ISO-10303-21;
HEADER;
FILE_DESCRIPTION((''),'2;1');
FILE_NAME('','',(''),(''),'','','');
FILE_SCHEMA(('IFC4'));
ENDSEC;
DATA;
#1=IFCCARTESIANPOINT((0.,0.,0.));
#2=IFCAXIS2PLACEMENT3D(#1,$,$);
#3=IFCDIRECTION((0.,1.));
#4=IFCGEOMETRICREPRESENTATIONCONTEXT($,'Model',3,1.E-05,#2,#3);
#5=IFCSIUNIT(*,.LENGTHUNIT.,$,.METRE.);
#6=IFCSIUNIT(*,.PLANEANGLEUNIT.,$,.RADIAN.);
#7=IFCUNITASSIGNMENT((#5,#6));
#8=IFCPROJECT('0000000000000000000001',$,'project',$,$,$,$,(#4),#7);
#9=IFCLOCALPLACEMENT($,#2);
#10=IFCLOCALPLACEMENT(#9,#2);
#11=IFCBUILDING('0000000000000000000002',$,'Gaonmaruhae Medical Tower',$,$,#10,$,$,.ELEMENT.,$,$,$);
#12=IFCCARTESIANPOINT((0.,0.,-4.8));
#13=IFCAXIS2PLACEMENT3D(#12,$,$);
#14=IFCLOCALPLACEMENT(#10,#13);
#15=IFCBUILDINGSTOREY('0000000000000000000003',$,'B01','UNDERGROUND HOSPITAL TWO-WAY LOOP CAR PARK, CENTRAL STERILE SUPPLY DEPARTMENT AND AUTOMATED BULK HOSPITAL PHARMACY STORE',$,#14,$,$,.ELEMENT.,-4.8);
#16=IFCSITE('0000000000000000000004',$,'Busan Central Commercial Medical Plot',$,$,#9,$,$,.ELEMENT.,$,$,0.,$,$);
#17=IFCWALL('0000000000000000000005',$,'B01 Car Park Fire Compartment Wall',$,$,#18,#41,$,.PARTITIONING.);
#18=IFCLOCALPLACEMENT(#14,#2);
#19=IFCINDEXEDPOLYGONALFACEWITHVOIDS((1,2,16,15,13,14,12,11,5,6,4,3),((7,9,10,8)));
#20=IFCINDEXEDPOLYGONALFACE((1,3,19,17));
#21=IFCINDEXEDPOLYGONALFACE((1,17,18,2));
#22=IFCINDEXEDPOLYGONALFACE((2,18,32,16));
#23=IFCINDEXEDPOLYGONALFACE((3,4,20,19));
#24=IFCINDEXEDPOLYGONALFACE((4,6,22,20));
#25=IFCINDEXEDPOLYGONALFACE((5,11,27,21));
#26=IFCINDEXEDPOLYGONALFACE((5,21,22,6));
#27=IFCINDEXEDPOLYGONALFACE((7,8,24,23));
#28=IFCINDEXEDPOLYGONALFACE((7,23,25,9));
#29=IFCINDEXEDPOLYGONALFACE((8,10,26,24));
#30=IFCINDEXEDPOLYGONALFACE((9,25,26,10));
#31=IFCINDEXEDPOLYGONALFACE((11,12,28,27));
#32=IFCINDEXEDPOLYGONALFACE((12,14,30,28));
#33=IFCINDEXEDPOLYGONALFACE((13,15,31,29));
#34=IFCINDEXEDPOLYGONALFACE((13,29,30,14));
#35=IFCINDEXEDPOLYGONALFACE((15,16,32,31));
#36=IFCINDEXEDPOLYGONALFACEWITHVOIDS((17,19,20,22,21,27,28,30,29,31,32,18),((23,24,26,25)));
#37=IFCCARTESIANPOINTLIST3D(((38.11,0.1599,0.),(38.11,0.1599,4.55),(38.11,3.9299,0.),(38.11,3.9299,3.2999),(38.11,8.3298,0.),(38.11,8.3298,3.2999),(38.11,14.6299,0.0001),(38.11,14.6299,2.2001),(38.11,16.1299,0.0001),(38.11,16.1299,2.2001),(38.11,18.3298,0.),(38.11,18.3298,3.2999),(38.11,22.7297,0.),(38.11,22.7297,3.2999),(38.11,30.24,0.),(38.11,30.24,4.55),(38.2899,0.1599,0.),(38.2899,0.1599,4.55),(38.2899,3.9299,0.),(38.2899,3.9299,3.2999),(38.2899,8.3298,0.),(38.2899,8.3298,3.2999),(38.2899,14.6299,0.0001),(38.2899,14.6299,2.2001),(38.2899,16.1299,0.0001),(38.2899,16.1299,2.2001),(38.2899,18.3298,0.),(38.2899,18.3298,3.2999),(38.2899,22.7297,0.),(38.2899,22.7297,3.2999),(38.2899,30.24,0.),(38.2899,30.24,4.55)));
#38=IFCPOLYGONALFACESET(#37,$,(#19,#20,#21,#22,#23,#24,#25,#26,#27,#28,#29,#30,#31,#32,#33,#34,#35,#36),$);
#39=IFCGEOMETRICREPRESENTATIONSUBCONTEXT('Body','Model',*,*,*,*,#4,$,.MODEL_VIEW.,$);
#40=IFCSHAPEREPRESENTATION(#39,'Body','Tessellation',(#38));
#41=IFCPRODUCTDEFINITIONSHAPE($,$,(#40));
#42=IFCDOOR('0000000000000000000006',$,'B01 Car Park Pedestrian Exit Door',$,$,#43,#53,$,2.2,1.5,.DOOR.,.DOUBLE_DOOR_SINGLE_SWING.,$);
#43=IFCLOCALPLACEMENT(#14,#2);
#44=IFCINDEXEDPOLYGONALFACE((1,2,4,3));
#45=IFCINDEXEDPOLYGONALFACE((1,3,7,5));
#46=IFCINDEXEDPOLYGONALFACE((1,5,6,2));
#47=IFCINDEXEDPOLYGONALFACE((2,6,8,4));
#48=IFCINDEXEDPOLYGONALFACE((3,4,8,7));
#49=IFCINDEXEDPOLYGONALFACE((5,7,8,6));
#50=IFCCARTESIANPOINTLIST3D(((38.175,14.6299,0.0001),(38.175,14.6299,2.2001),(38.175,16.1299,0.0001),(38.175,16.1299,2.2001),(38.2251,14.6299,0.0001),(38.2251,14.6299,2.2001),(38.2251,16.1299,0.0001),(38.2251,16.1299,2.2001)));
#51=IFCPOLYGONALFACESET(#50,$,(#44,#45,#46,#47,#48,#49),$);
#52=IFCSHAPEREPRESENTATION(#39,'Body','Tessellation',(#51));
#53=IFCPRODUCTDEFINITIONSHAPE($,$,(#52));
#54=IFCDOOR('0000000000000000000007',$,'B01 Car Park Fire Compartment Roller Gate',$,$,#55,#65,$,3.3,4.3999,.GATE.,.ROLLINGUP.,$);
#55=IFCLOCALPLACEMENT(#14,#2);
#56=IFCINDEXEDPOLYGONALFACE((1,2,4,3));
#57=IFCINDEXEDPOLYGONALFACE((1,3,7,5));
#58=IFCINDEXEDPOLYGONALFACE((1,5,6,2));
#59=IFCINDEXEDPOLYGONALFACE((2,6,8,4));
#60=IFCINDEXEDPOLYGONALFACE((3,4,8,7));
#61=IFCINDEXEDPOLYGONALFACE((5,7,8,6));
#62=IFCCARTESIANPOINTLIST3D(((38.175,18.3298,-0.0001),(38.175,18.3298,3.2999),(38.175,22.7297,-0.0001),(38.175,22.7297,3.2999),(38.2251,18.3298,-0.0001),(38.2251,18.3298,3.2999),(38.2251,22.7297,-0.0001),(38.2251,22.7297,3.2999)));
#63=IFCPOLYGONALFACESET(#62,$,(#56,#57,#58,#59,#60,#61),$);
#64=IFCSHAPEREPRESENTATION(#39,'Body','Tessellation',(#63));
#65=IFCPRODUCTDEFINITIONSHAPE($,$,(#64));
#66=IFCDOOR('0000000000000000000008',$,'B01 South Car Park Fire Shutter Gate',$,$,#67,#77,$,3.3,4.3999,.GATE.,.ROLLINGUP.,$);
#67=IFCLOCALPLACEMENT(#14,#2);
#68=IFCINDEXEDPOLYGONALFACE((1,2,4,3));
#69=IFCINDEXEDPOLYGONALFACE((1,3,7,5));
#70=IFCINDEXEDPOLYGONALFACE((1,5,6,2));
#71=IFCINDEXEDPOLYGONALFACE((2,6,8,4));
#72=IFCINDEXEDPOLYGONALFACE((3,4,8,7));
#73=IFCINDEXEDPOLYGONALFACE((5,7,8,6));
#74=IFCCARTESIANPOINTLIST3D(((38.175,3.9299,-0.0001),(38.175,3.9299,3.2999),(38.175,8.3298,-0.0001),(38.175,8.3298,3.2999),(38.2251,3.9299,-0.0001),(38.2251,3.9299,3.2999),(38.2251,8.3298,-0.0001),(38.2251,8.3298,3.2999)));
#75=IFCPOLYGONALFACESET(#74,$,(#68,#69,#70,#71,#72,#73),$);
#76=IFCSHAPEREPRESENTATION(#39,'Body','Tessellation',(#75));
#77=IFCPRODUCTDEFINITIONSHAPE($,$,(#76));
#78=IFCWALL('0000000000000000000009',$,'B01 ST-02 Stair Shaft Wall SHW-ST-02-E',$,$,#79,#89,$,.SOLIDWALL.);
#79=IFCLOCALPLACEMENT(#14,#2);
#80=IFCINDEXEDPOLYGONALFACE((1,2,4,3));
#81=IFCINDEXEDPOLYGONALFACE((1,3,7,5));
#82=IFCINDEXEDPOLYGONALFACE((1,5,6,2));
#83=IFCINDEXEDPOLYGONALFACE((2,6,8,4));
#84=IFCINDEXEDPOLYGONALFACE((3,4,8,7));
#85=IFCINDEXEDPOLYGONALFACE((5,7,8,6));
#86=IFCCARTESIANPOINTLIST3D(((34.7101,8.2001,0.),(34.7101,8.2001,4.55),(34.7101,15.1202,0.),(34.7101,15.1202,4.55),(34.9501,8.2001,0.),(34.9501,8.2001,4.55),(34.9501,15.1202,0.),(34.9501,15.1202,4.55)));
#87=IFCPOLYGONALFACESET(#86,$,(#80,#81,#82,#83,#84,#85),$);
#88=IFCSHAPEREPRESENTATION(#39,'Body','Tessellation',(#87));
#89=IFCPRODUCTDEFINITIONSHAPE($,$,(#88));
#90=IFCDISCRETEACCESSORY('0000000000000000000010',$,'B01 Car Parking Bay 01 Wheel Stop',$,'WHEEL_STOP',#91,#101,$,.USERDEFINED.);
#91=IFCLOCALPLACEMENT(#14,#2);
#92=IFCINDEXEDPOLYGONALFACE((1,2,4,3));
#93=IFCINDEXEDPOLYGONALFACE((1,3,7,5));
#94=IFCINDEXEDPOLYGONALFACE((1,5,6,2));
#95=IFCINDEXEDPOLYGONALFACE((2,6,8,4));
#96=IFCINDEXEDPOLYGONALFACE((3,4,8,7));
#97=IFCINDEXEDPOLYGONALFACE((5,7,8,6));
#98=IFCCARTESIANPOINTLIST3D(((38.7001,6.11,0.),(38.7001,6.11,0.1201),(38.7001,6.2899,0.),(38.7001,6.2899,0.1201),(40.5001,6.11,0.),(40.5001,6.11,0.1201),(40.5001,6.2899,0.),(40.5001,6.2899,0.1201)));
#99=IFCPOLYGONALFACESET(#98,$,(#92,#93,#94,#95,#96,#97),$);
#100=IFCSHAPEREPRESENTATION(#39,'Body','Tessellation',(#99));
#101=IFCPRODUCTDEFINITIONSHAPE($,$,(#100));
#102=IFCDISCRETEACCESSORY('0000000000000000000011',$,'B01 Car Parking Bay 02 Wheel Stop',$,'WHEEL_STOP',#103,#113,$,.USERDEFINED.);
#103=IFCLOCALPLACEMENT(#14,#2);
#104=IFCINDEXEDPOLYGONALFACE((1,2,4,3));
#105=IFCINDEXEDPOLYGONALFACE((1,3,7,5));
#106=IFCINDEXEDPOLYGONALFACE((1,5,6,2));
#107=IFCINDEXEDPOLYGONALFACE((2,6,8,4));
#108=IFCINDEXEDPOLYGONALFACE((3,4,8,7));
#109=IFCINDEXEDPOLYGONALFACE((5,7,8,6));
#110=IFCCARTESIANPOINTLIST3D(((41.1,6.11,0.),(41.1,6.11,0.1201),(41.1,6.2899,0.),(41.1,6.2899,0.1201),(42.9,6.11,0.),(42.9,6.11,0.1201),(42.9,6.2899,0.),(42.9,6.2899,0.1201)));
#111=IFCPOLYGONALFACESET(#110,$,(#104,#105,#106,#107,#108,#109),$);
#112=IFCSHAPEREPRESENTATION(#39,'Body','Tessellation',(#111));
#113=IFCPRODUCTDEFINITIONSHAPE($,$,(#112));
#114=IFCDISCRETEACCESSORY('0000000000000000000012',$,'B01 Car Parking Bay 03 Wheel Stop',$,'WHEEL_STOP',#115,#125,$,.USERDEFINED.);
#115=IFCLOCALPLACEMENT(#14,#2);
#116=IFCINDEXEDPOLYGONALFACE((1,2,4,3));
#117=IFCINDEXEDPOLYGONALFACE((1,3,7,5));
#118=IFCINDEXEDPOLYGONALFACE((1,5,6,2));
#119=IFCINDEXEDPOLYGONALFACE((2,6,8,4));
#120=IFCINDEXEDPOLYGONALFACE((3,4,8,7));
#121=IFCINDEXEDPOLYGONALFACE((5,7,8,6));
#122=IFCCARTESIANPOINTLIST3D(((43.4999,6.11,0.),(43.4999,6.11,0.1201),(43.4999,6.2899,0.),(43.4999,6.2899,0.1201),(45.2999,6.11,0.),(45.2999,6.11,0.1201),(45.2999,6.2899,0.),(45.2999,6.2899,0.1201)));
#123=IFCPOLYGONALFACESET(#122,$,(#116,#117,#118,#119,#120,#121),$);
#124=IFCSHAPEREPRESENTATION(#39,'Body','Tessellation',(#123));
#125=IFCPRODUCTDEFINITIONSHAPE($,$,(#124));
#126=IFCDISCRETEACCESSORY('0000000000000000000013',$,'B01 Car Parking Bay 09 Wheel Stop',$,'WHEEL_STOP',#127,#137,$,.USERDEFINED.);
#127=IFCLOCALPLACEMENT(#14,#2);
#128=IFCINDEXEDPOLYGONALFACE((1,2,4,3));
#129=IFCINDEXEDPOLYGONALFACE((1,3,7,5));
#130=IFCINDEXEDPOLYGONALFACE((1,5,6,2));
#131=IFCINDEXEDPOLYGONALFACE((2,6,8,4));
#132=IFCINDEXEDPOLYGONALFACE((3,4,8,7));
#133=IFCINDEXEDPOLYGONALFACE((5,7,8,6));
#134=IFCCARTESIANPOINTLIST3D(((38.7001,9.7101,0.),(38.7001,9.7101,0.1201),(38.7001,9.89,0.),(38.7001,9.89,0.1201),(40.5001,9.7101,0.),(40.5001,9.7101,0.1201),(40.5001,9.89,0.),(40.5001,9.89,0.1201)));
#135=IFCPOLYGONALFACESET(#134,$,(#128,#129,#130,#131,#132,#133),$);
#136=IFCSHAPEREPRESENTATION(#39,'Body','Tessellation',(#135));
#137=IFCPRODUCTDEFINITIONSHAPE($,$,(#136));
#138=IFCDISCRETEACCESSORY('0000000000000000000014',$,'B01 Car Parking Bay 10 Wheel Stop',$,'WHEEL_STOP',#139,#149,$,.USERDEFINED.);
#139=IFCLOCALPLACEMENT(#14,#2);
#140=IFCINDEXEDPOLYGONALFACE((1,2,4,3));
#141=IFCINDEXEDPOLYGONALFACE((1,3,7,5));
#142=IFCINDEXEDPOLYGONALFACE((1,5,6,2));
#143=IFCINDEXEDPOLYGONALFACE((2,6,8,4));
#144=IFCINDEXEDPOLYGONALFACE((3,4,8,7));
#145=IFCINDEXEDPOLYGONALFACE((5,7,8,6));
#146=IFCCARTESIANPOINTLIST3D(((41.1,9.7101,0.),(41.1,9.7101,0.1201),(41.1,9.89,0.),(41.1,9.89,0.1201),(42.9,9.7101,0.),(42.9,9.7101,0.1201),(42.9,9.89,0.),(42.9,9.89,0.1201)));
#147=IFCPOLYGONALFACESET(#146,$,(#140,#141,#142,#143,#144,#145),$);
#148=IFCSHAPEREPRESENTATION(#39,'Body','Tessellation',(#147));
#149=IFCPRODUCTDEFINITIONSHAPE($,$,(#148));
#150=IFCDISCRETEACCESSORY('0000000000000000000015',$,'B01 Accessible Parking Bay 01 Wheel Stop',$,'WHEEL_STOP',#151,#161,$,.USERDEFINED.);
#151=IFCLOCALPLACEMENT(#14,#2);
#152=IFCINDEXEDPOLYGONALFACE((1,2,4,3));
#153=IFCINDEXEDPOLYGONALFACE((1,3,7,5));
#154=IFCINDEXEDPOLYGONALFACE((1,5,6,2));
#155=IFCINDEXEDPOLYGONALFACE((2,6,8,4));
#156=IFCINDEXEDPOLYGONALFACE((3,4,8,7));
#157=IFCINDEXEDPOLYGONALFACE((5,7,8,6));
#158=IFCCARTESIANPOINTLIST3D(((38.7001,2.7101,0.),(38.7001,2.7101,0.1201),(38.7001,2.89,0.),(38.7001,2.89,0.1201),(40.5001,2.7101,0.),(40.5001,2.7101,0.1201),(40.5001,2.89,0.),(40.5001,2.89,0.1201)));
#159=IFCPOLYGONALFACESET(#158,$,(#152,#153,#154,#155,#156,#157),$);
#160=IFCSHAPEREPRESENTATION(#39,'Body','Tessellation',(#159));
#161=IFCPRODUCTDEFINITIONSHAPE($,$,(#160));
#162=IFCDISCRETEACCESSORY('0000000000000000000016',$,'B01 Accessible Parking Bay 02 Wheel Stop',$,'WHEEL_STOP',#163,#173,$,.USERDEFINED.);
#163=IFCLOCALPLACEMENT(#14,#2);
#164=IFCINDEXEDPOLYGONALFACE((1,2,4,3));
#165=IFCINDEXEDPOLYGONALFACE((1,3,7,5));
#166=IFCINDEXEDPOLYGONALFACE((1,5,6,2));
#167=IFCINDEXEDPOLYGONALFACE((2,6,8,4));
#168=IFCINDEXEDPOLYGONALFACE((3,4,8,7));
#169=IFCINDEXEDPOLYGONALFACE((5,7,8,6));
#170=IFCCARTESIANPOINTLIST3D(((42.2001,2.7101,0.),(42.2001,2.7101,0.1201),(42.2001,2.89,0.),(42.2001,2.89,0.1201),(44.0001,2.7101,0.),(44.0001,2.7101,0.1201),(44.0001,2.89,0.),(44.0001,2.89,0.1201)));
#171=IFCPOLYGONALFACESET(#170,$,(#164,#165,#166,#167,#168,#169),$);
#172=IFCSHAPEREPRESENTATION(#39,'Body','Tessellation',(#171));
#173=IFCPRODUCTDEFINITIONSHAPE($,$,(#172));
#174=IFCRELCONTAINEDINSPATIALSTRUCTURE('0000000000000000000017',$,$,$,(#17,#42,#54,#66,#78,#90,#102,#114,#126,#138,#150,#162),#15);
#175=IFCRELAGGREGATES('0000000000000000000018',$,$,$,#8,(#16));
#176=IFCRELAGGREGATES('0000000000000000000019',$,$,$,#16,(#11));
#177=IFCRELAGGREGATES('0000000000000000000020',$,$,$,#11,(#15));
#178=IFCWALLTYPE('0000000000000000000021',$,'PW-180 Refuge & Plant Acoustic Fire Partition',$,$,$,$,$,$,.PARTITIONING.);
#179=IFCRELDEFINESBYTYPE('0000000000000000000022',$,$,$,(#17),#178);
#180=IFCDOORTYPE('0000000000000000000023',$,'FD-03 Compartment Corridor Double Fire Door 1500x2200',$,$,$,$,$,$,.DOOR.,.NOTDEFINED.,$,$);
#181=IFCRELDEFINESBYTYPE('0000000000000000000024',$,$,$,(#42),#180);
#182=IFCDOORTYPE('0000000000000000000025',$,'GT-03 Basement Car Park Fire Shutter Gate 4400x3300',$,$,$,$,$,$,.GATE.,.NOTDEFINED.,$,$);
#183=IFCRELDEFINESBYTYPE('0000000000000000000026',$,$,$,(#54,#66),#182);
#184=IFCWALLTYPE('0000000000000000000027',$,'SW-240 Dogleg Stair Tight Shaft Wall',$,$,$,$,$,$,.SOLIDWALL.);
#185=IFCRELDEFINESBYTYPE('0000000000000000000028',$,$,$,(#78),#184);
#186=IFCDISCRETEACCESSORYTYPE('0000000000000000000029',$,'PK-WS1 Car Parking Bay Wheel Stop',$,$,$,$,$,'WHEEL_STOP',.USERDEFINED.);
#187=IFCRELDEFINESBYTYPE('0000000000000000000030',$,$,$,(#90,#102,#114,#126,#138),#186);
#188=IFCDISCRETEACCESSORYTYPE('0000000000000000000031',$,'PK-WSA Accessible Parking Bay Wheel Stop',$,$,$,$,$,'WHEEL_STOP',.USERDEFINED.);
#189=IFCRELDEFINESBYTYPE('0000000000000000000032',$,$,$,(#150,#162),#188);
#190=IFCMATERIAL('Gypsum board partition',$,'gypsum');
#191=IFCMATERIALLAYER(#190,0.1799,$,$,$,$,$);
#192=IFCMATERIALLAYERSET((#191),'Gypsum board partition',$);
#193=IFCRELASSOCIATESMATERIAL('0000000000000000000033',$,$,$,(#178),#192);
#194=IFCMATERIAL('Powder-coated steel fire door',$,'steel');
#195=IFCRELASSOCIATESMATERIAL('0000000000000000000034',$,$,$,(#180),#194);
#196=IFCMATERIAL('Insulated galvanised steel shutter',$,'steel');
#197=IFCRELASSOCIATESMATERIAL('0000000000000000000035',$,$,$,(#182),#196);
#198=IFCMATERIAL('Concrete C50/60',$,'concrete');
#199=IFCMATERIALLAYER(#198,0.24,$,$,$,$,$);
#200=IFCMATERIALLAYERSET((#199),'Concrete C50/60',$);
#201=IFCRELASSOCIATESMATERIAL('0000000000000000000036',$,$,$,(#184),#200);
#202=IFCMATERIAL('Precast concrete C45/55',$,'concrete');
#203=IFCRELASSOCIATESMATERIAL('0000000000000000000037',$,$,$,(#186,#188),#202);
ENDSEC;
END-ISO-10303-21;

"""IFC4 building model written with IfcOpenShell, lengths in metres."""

from ifc_helpers import new_model, si_unit, direction, frame, frame_2d, origin, origin_2d, place, context, subcontext, project, spatial, rectangle, extrude, material, layer, layer_set, type_object, element, fill, save


model = new_model("IFC4")

# Units and contexts
model_context = context("Model", 3, precision=1e-05, world=origin(), true_north=direction((0.0, 1.0)))
body_context = subcontext(model_context, "Body", "Model", "MODEL_VIEW")
ifc_project = project(units=[si_unit("LENGTHUNIT", "METRE"), si_unit("PLANEANGLEUNIT", "RADIAN")], contexts=[model_context])

# Site, building, storey
site_placement = place(None, origin())
site = spatial("IfcSite", under=ifc_project, at=site_placement, Name="Busan Central Commercial Medical Plot", CompositionType="ELEMENT", RefElevation=0.0)
building_placement = place(site_placement, origin())
building = spatial("IfcBuilding", under=site, at=building_placement, Name="Gaonmaruhae Medical Tower", CompositionType="ELEMENT")
storey_placement = place(building_placement, frame((0.0, 0.0, -4.8)))
storey = spatial("IfcBuildingStorey", under=building, at=storey_placement, Name="B01", Description="UNDERGROUND HOSPITAL TWO-WAY LOOP CAR PARK, CENTRAL STERILE SUPPLY DEPARTMENT AND AUTOMATED BULK HOSPITAL PHARMACY STORE", CompositionType="ELEMENT", Elevation=-4.8)

# Shared definitions
ifc_material_1 = material(Name="Concrete C50/60", Category="concrete")

# Shared definitions
ifc_material_2 = material(Name="Gypsum board partition", Category="gypsum")

# Wall, openings, doors
ifc_layer_1 = layer(ifc_material_2, 0.1799)
ifc_layer_set_1 = layer_set([ifc_layer_1], Name="Gypsum board partition")
wall_type_1 = type_object("IfcWallType", Name="PW-180 Refuge & Plant Acoustic Fire Partition", PredefinedType="PARTITIONING", material=ifc_layer_set_1)
wall_1_placement = place(storey_placement, frame((38.2, 0.1599, 0.0), z_axis=(0.0, 0.0, 1.0), x_axis=(0.0, 1.0, 0.0)))
wall_1 = element("IfcWall", 1, at=wall_1_placement, inside=storey, type_object=wall_type_1, Name="B01 Car Park Fire Compartment Wall", PredefinedType="PARTITIONING", context=body_context, shape_type="SweptSolid", body=[
    extrude(rectangle(XDim=30.0801, YDim=0.1799, at=frame_2d((15.04, 0.0))), origin(), (0.0, 0.0, 1.0), 4.55),
])
opening_1_placement = place(wall_1_placement, frame((18.1699, 0.0, 0.0)))
opening_1 = element("IfcOpeningElement", 2, at=opening_1_placement, cuts=wall_1, PredefinedType="OPENING", context=body_context, shape_type="SweptSolid", body=[
    extrude(rectangle(XDim=4.3999, YDim=3.3, at=frame_2d((2.2, 1.6499))), frame((0.0, 0.1001, 0.0), z_axis=(0.0, -1.0, 0.0), x_axis=(1.0, 0.0, 0.0)), (0.0, 0.0, 1.0), 0.2),
])
opening_2_placement = place(wall_1_placement, frame((14.47, 0.0, 0.0)))
opening_2 = element("IfcOpeningElement", 3, at=opening_2_placement, cuts=wall_1, PredefinedType="OPENING", context=body_context, shape_type="SweptSolid", body=[
    extrude(rectangle(XDim=1.5, YDim=2.2, at=frame_2d((0.75, 1.1001))), frame((0.0, 0.1001, 0.0), z_axis=(0.0, -1.0, 0.0), x_axis=(1.0, 0.0, 0.0)), (0.0, 0.0, 1.0), 0.2),
])
opening_3_placement = place(wall_1_placement, frame((3.77, 0.0, 0.0)))
opening_3 = element("IfcOpeningElement", 4, at=opening_3_placement, cuts=wall_1, PredefinedType="OPENING", context=body_context, shape_type="SweptSolid", body=[
    extrude(rectangle(XDim=4.3999, YDim=3.3, at=frame_2d((2.2, 1.6499))), frame((0.0, 0.1001, 0.0), z_axis=(0.0, -1.0, 0.0), x_axis=(1.0, 0.0, 0.0)), (0.0, 0.0, 1.0), 0.2),
])
ifc_material_3 = material(Name="Powder-coated steel fire door", Category="steel")
door_type_1 = type_object("IfcDoorType", Name="FD-03 Compartment Corridor Double Fire Door 1500x2200", OperationType="NOTDEFINED", PredefinedType="DOOR", material=ifc_material_3)
door_1_placement = place(opening_2_placement, origin())
door_1 = element("IfcDoor", 5, at=door_1_placement, inside=storey, type_object=door_type_1, Name="B01 Car Park Pedestrian Exit Door", OperationType="DOUBLE_DOOR_SINGLE_SWING", OverallHeight=2.2, OverallWidth=1.5, PredefinedType="DOOR", context=body_context, shape_type="SweptSolid", body=[
    extrude(rectangle(XDim=1.5, YDim=2.2, at=frame_2d((0.75, 1.1001))), frame((0.0, 0.0249, 0.0), z_axis=(0.0, -1.0, 0.0), x_axis=(1.0, 0.0, 0.0)), (0.0, 0.0, 1.0), 0.05),
])
fill(opening_2, door_1)
ifc_material_4 = material(Name="Insulated galvanised steel shutter", Category="steel")
door_type_2 = type_object("IfcDoorType", Name="GT-03 Basement Car Park Fire Shutter Gate 4400x3300", OperationType="NOTDEFINED", PredefinedType="GATE", material=ifc_material_4)
door_2_placement = place(opening_1_placement, origin())
door_2 = element("IfcDoor", 6, at=door_2_placement, inside=storey, type_object=door_type_2, Name="B01 Car Park Fire Compartment Roller Gate", OperationType="ROLLINGUP", OverallHeight=3.3, OverallWidth=4.3999, PredefinedType="GATE", context=body_context, shape_type="SweptSolid", body=[
    extrude(rectangle(XDim=4.3999, YDim=3.3, at=frame_2d((2.2, 1.6499))), frame((0.0, 0.0249, 0.0), z_axis=(0.0, -1.0, 0.0), x_axis=(1.0, 0.0, 0.0)), (0.0, 0.0, 1.0), 0.05),
])
fill(opening_1, door_2)
door_3_placement = place(opening_3_placement, origin())
door_3 = element("IfcDoor", 7, at=door_3_placement, inside=storey, type_object=door_type_2, Name="B01 South Car Park Fire Shutter Gate", OperationType="ROLLINGUP", OverallHeight=3.3, OverallWidth=4.3999, PredefinedType="GATE", context=body_context, shape_type="SweptSolid", body=[
    extrude(rectangle(XDim=4.3999, YDim=3.3, at=frame_2d((2.2, 1.6499))), frame((0.0, 0.0249, 0.0), z_axis=(0.0, -1.0, 0.0), x_axis=(1.0, 0.0, 0.0)), (0.0, 0.0, 1.0), 0.05),
])
fill(opening_3, door_3)

# Wall
ifc_layer_2 = layer(ifc_material_1, 0.24)
ifc_layer_set_2 = layer_set([ifc_layer_2], Name="Concrete C50/60")
wall_type_2 = type_object("IfcWallType", Name="SW-240 Dogleg Stair Tight Shaft Wall", PredefinedType="SOLIDWALL", material=ifc_layer_set_2)
wall_2_placement = place(storey_placement, frame((34.8301, 15.1201, 0.0), z_axis=(0.0, 0.0, 1.0), x_axis=(0.0, -1.0, 0.0)))
element("IfcWall", 8, at=wall_2_placement, inside=storey, type_object=wall_type_2, Name="B01 ST-02 Stair Shaft Wall SHW-ST-02-E", PredefinedType="SOLIDWALL", context=body_context, shape_type="SweptSolid", body=[
    extrude(rectangle(XDim=6.9202, YDim=0.24, at=frame_2d((3.46, 0.0))), origin(), (0.0, 0.0, 1.0), 4.55),
])

# Discrete accessories
ifc_material_5 = material(Name="Precast concrete C45/55", Category="concrete")
discrete_accessory_type_1 = type_object("IfcDiscreteAccessoryType", Name="PK-WS1 Car Parking Bay Wheel Stop", ElementType="WHEEL_STOP", PredefinedType="USERDEFINED", material=ifc_material_5)
for number, where, z_axis, x_axis, name in (
    (9, (39.6001, 6.2, 0.0), (0.0, 0.0, 1.0), (1.0, 0.0, 0.0), "B01 Car Parking Bay 01 Wheel Stop"),
    (10, (42.0, 6.2, 0.0), (0.0, 0.0, 1.0), (1.0, 0.0, 0.0), "B01 Car Parking Bay 02 Wheel Stop"),
    (11, (44.3999, 6.2, 0.0), (0.0, 0.0, 1.0), (1.0, 0.0, 0.0), "B01 Car Parking Bay 03 Wheel Stop"),
    (12, (39.6001, 9.8, 0.0), (0.0, 0.0, 1.0), (1.0, 0.0, 0.0), "B01 Car Parking Bay 09 Wheel Stop"),
    (13, (42.0, 9.8, 0.0), (0.0, 0.0, 1.0), (1.0, 0.0, 0.0), "B01 Car Parking Bay 10 Wheel Stop"),
):
    element("IfcDiscreteAccessory", number, at=place(storey_placement, frame(where, z_axis=z_axis, x_axis=x_axis)), inside=storey, type_object=discrete_accessory_type_1, Name=name, ObjectType="WHEEL_STOP", PredefinedType="USERDEFINED", context=body_context, shape_type="SweptSolid", body=[
        extrude(rectangle(XDim=1.8, YDim=0.1799, at=origin_2d()), origin(), (0.0, 0.0, 1.0), 0.1201),
    ])
discrete_accessory_type_2 = type_object("IfcDiscreteAccessoryType", Name="PK-WSA Accessible Parking Bay Wheel Stop", ElementType="WHEEL_STOP", PredefinedType="USERDEFINED", material=ifc_material_5)
for number, where, z_axis, x_axis, name in (
    (14, (39.6001, 2.8, 0.0), (0.0, 0.0, 1.0), (1.0, 0.0, 0.0), "B01 Accessible Parking Bay 01 Wheel Stop"),
    (15, (43.1001, 2.8, 0.0), (0.0, 0.0, 1.0), (1.0, 0.0, 0.0), "B01 Accessible Parking Bay 02 Wheel Stop"),
):
    element("IfcDiscreteAccessory", number, at=place(storey_placement, frame(where, z_axis=z_axis, x_axis=x_axis)), inside=storey, type_object=discrete_accessory_type_2, Name=name, ObjectType="WHEEL_STOP", PredefinedType="USERDEFINED", context=body_context, shape_type="SweptSolid", body=[
        extrude(rectangle(XDim=1.8, YDim=0.1799, at=origin_2d()), origin(), (0.0, 0.0, 1.0), 0.1201),
    ])

save(model, "model.ifc")
